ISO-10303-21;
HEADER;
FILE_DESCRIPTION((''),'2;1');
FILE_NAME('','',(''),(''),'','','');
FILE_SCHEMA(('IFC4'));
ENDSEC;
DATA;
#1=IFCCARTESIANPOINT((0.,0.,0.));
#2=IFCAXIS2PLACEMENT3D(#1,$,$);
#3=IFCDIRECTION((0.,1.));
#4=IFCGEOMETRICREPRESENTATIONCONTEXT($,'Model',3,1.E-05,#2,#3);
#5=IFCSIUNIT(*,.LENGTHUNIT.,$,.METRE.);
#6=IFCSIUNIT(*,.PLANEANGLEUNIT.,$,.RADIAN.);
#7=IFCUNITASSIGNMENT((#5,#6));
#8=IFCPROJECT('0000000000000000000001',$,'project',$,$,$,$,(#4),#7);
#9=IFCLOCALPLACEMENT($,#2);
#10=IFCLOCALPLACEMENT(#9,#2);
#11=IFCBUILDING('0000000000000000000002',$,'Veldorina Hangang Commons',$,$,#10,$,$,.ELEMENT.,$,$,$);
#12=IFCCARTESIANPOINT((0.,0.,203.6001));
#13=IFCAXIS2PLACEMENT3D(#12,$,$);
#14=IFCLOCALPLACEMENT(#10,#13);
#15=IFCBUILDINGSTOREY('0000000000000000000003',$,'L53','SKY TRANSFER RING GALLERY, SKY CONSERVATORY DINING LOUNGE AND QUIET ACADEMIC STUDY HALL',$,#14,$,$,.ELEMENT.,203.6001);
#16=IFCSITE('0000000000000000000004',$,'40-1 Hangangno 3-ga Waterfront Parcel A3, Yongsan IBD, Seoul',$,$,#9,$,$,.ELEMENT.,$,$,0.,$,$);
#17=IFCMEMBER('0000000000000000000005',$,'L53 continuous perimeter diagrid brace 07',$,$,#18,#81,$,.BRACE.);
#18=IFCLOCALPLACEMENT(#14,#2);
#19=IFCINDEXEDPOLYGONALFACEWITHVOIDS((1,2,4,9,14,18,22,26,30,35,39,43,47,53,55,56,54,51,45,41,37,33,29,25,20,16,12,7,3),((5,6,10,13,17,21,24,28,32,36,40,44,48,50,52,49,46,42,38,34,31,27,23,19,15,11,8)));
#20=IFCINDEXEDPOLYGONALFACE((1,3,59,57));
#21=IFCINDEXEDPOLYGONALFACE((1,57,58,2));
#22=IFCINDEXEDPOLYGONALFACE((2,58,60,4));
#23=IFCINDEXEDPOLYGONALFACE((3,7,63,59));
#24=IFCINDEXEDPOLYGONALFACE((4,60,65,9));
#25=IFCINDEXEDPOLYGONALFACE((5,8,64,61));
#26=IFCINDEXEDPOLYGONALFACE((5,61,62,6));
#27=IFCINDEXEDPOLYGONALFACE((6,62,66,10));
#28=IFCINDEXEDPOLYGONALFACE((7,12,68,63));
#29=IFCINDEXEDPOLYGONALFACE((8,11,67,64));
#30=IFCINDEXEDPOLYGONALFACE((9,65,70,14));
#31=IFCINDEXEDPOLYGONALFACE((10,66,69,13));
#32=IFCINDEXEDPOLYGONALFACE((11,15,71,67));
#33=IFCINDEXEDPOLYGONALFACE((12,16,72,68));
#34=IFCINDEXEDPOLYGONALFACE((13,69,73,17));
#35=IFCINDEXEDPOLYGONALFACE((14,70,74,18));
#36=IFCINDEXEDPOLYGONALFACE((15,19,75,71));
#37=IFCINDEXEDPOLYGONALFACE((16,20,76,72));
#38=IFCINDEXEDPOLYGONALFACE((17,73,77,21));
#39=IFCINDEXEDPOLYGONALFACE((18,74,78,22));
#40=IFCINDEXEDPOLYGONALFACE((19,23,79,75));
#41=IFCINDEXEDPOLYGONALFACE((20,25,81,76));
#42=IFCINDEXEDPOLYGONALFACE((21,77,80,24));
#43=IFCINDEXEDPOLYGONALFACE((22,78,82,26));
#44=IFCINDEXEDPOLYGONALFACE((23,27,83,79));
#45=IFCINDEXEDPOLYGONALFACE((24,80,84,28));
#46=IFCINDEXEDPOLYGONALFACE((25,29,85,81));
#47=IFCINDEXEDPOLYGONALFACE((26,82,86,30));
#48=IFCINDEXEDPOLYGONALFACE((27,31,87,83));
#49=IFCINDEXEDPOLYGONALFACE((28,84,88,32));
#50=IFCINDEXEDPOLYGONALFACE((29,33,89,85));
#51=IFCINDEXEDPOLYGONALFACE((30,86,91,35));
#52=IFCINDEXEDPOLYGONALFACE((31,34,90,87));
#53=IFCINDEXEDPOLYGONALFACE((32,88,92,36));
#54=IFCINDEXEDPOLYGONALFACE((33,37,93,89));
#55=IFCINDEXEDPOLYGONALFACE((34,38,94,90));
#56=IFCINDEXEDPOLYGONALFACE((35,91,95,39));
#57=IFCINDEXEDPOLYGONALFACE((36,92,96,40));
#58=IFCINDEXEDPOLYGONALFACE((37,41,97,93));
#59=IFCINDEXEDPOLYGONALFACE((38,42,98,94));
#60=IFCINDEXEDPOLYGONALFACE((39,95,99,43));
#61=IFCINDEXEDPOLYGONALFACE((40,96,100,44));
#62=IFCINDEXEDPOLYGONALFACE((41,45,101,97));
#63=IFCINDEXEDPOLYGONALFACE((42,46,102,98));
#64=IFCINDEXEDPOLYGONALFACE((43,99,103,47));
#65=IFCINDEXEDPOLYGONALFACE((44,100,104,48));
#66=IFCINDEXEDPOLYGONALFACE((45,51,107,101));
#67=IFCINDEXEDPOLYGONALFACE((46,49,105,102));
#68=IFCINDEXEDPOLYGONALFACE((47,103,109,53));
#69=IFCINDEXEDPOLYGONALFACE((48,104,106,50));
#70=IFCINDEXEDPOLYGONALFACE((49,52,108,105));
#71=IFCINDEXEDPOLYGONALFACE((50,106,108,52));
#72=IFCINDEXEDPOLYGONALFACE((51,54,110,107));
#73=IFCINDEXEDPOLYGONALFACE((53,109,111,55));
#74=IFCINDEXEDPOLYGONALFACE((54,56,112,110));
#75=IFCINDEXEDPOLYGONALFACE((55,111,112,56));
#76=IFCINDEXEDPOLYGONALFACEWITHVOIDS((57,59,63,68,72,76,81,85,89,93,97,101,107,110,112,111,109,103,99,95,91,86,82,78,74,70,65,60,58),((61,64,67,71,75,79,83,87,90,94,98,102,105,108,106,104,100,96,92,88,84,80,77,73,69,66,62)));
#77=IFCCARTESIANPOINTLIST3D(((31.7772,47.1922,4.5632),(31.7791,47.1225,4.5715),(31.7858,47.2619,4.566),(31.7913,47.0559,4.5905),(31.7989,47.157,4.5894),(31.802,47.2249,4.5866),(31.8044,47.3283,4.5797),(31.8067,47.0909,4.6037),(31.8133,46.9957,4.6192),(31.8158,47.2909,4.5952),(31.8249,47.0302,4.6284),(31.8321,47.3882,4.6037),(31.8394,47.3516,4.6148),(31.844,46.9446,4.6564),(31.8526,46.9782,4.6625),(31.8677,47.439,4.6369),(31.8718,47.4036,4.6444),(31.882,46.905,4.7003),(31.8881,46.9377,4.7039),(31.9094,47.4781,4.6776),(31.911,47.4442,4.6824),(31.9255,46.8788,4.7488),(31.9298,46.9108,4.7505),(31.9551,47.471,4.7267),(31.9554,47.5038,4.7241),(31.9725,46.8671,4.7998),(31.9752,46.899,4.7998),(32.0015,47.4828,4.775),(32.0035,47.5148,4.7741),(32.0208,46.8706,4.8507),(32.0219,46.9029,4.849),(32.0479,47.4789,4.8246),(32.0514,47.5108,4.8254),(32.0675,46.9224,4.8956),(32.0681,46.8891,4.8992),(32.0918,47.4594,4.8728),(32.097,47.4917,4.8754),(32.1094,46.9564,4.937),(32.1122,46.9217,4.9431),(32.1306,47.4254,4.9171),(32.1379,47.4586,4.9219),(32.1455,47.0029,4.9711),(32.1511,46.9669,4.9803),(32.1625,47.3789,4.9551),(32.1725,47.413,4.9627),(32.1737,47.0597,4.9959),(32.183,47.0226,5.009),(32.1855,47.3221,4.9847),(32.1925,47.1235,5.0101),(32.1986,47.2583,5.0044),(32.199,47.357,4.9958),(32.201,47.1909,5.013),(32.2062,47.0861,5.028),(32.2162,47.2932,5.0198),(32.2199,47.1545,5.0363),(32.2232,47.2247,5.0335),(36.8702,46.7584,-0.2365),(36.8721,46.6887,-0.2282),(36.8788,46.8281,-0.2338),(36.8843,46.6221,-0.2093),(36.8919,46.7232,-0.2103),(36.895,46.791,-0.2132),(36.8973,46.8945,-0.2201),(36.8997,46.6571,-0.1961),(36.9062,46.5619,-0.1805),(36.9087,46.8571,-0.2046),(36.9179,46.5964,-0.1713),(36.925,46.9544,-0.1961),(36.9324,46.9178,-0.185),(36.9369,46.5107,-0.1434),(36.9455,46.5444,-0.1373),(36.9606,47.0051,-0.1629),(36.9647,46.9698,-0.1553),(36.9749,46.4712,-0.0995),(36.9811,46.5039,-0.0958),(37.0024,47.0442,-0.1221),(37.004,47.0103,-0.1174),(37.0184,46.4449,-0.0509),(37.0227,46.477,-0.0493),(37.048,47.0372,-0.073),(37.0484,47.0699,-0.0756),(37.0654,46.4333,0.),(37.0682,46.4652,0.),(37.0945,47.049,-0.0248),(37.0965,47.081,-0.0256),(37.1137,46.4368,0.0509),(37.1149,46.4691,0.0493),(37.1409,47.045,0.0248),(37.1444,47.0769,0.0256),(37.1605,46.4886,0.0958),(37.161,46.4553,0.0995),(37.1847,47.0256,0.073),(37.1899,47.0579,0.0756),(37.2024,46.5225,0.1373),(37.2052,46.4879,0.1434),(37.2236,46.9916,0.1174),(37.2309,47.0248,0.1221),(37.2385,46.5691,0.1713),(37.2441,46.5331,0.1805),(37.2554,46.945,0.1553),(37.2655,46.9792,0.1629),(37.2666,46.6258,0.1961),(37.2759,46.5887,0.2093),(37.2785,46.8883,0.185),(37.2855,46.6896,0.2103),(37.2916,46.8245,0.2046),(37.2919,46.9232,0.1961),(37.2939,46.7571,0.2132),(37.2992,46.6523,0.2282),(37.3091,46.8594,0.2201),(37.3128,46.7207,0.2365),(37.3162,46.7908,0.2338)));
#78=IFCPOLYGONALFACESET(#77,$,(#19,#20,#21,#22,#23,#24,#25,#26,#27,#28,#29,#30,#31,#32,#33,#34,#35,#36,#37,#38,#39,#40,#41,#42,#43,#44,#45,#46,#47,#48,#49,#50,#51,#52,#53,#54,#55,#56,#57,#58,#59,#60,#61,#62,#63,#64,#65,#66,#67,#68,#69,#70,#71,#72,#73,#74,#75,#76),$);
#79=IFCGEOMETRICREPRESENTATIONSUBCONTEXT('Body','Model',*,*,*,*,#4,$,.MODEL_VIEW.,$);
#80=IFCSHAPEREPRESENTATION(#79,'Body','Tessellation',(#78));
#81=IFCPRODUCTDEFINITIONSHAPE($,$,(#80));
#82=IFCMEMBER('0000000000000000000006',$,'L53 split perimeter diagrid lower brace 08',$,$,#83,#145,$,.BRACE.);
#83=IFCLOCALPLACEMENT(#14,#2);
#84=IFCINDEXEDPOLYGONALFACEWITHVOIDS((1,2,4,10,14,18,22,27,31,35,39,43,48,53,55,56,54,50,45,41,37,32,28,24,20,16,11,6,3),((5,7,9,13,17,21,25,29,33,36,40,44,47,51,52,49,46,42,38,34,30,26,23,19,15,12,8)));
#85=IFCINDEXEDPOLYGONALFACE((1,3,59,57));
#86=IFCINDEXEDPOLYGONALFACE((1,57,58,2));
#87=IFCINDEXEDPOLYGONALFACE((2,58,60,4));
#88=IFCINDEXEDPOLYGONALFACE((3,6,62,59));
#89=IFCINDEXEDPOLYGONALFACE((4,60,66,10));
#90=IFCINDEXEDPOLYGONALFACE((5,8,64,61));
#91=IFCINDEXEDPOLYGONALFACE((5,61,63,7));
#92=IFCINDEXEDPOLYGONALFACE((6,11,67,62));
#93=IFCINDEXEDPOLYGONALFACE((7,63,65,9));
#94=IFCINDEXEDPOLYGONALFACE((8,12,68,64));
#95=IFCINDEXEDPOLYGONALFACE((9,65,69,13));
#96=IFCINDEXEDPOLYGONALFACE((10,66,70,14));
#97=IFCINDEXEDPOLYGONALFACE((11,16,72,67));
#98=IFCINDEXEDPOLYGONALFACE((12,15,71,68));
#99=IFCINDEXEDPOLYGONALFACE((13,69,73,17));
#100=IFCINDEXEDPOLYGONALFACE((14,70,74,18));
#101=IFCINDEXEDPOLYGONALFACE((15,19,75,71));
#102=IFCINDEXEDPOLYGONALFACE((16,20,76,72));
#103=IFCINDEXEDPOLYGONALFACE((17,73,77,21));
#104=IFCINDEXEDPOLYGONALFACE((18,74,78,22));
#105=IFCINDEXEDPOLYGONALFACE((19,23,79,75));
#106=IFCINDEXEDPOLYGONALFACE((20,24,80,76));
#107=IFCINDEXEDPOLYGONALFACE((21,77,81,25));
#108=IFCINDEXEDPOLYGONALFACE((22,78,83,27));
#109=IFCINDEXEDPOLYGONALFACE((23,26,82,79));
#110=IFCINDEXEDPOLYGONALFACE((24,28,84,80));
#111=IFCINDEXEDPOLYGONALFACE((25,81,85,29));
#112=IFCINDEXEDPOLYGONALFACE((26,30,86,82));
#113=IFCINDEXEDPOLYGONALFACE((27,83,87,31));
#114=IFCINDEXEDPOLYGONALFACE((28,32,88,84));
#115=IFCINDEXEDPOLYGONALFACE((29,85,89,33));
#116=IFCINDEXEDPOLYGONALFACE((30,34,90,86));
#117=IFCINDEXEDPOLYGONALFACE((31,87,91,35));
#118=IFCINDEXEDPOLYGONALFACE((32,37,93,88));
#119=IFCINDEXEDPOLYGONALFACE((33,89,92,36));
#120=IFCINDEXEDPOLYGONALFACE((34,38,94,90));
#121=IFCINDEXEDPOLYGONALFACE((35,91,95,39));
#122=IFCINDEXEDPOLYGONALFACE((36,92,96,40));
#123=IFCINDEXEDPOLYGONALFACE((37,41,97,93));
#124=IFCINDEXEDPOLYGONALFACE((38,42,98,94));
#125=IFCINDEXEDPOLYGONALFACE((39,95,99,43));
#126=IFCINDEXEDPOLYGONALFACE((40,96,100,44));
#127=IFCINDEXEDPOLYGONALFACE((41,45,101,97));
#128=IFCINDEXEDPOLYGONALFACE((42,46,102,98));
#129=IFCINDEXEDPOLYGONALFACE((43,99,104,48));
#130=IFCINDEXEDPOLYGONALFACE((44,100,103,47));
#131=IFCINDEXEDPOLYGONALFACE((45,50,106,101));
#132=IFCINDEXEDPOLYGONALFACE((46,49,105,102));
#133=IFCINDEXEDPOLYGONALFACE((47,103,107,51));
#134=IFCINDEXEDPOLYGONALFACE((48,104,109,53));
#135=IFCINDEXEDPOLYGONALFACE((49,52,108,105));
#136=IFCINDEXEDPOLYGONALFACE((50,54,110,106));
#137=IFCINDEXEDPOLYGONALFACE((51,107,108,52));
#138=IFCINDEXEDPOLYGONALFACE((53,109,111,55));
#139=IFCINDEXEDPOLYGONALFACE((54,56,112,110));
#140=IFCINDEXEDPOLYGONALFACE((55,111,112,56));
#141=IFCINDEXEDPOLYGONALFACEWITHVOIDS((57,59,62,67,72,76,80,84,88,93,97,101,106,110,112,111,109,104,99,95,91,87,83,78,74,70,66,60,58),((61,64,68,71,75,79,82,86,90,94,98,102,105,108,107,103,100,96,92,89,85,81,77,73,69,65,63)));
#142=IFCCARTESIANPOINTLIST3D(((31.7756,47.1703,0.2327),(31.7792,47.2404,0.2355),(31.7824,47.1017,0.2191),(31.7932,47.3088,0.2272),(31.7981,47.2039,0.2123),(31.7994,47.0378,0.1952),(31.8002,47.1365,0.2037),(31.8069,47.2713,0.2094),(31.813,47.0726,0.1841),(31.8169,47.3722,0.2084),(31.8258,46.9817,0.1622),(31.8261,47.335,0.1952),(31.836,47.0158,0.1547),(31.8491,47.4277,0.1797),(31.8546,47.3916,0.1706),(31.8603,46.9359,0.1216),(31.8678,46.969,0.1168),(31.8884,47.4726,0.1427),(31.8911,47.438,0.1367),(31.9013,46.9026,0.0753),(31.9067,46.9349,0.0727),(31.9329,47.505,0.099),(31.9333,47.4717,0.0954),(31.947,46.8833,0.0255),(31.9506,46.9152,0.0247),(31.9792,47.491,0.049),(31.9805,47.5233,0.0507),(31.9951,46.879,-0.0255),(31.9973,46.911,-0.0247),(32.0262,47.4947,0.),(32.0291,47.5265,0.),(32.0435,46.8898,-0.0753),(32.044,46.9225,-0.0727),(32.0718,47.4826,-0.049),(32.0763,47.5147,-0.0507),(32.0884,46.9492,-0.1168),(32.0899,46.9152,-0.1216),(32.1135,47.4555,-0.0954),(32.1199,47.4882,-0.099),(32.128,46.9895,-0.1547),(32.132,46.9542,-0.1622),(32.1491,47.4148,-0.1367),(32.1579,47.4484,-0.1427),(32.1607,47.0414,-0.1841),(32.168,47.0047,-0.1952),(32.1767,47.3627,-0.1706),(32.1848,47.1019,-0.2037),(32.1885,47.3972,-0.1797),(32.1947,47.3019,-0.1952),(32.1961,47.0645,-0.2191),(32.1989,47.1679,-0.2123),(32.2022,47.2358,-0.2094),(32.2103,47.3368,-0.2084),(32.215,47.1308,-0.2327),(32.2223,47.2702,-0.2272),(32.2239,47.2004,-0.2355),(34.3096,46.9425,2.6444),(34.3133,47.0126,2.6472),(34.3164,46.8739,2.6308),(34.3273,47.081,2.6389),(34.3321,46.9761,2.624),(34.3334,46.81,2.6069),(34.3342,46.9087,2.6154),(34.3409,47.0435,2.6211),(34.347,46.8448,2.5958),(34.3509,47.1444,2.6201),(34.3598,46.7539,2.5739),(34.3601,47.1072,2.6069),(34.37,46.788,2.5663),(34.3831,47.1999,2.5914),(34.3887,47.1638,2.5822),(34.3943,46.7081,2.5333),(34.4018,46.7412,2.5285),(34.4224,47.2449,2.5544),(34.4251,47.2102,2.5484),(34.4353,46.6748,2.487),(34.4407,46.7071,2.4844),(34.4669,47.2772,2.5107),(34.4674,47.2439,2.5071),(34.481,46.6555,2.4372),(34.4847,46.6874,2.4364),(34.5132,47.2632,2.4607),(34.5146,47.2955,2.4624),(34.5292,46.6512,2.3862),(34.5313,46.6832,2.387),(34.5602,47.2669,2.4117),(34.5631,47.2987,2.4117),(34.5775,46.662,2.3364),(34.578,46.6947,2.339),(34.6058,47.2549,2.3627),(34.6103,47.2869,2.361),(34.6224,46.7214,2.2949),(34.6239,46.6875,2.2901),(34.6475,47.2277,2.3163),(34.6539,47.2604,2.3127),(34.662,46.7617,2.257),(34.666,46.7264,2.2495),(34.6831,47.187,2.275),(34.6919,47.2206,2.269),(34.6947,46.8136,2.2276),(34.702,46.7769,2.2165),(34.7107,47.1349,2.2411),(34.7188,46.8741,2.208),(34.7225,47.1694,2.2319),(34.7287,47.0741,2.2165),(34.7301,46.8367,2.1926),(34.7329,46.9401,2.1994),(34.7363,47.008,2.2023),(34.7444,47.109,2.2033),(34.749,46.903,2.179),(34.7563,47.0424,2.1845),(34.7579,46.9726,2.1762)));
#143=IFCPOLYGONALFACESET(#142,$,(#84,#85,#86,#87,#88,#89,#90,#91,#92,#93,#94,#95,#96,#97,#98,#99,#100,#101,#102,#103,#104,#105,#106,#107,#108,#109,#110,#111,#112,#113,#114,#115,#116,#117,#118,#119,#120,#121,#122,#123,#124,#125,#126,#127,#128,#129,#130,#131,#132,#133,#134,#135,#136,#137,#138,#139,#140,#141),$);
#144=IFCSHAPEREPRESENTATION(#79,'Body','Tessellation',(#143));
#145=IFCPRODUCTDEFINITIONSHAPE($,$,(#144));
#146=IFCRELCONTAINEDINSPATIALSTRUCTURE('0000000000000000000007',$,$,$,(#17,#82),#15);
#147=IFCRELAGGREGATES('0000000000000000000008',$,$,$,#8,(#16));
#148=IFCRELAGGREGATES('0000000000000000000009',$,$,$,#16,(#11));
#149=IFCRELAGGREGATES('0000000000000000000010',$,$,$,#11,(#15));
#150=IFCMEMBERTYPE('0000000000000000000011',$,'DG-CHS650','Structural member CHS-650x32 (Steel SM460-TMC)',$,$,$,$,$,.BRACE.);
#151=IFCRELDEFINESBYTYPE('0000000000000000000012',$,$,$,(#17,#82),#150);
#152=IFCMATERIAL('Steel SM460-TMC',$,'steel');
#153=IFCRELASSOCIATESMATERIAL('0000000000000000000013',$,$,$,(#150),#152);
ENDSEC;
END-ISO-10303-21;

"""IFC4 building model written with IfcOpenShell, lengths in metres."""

from ifc_helpers import new_model, si_unit, direction, frame, origin, origin_2d, place, context, subcontext, project, spatial, hollow_circle, extrude, material, material_profile, profile_set, type_object, element, save


model = new_model("IFC4")

# Units and contexts
model_context = context("Model", 3, precision=1e-05, world=origin(), true_north=direction((0.0, 1.0)))
body_context = subcontext(model_context, "Body", "Model", "MODEL_VIEW")
ifc_project = project(units=[si_unit("LENGTHUNIT", "METRE"), si_unit("PLANEANGLEUNIT", "RADIAN")], contexts=[model_context])

# Site, building, storey
site_placement = place(None, origin())
site = spatial("IfcSite", under=ifc_project, at=site_placement, Name="40-1 Hangangno 3-ga Waterfront Parcel A3, Yongsan IBD, Seoul", CompositionType="ELEMENT", RefElevation=0.0)
building_placement = place(site_placement, origin())
building = spatial("IfcBuilding", under=site, at=building_placement, Name="Veldorina Hangang Commons", CompositionType="ELEMENT")
storey_placement = place(building_placement, frame((0.0, 0.0, 203.6001)))
storey = spatial("IfcBuildingStorey", under=building, at=storey_placement, Name="L53", Description="SKY TRANSFER RING GALLERY, SKY CONSERVATORY DINING LOUNGE AND QUIET ACADEMIC STUDY HALL", CompositionType="ELEMENT", Elevation=203.6001)

# Members
ifc_material_1 = material(Name="Steel SM460-TMC", Category="steel")
ifc_material_profile_1 = material_profile(ifc_material_1, hollow_circle(Radius=0.325, WallThickness=0.032, at=origin_2d()), Name="CHS-650x32")
ifc_profile_set_1 = profile_set([ifc_material_profile_1], Name="Steel SM460-TMC")
member_type_1 = type_object("IfcMemberType", Name="DG-CHS650", Description="Structural member CHS-650x32 (Steel SM460-TMC)", PredefinedType="BRACE", material=ifc_profile_set_1)
member_1_placement = place(storey_placement, frame((37.093, 46.7571, 0.0), z_axis=(-0.726351, 0.061873, 0.684534), x_axis=(-0.084876, -0.996392, 0.0)))
element("IfcMember", 1, at=member_1_placement, inside=storey, type_object=member_type_1, Name="L53 continuous perimeter diagrid brace 07", PredefinedType="BRACE", context=body_context, shape_type="SweptSolid", body=[
    extrude(hollow_circle(Radius=0.325, WallThickness=0.032, at=origin_2d()), origin(), (0.0, 0.0, 1.0), 7.0117),
])
member_2_placement = place(storey_placement, frame((32.0, 47.2029, 0.0), z_axis=(0.722843, -0.064979, 0.687951), x_axis=(0.089532, 0.995984, 0.0)))
element("IfcMember", 2, at=member_2_placement, inside=storey, type_object=member_type_1, Name="L53 split perimeter diagrid lower brace 08", PredefinedType="BRACE", context=body_context, shape_type="SweptSolid", body=[
    extrude(hollow_circle(Radius=0.325, WallThickness=0.032, at=origin_2d()), origin(), (0.0, 0.0, 1.0), 3.5056),
])

save(model, "model.ifc")
